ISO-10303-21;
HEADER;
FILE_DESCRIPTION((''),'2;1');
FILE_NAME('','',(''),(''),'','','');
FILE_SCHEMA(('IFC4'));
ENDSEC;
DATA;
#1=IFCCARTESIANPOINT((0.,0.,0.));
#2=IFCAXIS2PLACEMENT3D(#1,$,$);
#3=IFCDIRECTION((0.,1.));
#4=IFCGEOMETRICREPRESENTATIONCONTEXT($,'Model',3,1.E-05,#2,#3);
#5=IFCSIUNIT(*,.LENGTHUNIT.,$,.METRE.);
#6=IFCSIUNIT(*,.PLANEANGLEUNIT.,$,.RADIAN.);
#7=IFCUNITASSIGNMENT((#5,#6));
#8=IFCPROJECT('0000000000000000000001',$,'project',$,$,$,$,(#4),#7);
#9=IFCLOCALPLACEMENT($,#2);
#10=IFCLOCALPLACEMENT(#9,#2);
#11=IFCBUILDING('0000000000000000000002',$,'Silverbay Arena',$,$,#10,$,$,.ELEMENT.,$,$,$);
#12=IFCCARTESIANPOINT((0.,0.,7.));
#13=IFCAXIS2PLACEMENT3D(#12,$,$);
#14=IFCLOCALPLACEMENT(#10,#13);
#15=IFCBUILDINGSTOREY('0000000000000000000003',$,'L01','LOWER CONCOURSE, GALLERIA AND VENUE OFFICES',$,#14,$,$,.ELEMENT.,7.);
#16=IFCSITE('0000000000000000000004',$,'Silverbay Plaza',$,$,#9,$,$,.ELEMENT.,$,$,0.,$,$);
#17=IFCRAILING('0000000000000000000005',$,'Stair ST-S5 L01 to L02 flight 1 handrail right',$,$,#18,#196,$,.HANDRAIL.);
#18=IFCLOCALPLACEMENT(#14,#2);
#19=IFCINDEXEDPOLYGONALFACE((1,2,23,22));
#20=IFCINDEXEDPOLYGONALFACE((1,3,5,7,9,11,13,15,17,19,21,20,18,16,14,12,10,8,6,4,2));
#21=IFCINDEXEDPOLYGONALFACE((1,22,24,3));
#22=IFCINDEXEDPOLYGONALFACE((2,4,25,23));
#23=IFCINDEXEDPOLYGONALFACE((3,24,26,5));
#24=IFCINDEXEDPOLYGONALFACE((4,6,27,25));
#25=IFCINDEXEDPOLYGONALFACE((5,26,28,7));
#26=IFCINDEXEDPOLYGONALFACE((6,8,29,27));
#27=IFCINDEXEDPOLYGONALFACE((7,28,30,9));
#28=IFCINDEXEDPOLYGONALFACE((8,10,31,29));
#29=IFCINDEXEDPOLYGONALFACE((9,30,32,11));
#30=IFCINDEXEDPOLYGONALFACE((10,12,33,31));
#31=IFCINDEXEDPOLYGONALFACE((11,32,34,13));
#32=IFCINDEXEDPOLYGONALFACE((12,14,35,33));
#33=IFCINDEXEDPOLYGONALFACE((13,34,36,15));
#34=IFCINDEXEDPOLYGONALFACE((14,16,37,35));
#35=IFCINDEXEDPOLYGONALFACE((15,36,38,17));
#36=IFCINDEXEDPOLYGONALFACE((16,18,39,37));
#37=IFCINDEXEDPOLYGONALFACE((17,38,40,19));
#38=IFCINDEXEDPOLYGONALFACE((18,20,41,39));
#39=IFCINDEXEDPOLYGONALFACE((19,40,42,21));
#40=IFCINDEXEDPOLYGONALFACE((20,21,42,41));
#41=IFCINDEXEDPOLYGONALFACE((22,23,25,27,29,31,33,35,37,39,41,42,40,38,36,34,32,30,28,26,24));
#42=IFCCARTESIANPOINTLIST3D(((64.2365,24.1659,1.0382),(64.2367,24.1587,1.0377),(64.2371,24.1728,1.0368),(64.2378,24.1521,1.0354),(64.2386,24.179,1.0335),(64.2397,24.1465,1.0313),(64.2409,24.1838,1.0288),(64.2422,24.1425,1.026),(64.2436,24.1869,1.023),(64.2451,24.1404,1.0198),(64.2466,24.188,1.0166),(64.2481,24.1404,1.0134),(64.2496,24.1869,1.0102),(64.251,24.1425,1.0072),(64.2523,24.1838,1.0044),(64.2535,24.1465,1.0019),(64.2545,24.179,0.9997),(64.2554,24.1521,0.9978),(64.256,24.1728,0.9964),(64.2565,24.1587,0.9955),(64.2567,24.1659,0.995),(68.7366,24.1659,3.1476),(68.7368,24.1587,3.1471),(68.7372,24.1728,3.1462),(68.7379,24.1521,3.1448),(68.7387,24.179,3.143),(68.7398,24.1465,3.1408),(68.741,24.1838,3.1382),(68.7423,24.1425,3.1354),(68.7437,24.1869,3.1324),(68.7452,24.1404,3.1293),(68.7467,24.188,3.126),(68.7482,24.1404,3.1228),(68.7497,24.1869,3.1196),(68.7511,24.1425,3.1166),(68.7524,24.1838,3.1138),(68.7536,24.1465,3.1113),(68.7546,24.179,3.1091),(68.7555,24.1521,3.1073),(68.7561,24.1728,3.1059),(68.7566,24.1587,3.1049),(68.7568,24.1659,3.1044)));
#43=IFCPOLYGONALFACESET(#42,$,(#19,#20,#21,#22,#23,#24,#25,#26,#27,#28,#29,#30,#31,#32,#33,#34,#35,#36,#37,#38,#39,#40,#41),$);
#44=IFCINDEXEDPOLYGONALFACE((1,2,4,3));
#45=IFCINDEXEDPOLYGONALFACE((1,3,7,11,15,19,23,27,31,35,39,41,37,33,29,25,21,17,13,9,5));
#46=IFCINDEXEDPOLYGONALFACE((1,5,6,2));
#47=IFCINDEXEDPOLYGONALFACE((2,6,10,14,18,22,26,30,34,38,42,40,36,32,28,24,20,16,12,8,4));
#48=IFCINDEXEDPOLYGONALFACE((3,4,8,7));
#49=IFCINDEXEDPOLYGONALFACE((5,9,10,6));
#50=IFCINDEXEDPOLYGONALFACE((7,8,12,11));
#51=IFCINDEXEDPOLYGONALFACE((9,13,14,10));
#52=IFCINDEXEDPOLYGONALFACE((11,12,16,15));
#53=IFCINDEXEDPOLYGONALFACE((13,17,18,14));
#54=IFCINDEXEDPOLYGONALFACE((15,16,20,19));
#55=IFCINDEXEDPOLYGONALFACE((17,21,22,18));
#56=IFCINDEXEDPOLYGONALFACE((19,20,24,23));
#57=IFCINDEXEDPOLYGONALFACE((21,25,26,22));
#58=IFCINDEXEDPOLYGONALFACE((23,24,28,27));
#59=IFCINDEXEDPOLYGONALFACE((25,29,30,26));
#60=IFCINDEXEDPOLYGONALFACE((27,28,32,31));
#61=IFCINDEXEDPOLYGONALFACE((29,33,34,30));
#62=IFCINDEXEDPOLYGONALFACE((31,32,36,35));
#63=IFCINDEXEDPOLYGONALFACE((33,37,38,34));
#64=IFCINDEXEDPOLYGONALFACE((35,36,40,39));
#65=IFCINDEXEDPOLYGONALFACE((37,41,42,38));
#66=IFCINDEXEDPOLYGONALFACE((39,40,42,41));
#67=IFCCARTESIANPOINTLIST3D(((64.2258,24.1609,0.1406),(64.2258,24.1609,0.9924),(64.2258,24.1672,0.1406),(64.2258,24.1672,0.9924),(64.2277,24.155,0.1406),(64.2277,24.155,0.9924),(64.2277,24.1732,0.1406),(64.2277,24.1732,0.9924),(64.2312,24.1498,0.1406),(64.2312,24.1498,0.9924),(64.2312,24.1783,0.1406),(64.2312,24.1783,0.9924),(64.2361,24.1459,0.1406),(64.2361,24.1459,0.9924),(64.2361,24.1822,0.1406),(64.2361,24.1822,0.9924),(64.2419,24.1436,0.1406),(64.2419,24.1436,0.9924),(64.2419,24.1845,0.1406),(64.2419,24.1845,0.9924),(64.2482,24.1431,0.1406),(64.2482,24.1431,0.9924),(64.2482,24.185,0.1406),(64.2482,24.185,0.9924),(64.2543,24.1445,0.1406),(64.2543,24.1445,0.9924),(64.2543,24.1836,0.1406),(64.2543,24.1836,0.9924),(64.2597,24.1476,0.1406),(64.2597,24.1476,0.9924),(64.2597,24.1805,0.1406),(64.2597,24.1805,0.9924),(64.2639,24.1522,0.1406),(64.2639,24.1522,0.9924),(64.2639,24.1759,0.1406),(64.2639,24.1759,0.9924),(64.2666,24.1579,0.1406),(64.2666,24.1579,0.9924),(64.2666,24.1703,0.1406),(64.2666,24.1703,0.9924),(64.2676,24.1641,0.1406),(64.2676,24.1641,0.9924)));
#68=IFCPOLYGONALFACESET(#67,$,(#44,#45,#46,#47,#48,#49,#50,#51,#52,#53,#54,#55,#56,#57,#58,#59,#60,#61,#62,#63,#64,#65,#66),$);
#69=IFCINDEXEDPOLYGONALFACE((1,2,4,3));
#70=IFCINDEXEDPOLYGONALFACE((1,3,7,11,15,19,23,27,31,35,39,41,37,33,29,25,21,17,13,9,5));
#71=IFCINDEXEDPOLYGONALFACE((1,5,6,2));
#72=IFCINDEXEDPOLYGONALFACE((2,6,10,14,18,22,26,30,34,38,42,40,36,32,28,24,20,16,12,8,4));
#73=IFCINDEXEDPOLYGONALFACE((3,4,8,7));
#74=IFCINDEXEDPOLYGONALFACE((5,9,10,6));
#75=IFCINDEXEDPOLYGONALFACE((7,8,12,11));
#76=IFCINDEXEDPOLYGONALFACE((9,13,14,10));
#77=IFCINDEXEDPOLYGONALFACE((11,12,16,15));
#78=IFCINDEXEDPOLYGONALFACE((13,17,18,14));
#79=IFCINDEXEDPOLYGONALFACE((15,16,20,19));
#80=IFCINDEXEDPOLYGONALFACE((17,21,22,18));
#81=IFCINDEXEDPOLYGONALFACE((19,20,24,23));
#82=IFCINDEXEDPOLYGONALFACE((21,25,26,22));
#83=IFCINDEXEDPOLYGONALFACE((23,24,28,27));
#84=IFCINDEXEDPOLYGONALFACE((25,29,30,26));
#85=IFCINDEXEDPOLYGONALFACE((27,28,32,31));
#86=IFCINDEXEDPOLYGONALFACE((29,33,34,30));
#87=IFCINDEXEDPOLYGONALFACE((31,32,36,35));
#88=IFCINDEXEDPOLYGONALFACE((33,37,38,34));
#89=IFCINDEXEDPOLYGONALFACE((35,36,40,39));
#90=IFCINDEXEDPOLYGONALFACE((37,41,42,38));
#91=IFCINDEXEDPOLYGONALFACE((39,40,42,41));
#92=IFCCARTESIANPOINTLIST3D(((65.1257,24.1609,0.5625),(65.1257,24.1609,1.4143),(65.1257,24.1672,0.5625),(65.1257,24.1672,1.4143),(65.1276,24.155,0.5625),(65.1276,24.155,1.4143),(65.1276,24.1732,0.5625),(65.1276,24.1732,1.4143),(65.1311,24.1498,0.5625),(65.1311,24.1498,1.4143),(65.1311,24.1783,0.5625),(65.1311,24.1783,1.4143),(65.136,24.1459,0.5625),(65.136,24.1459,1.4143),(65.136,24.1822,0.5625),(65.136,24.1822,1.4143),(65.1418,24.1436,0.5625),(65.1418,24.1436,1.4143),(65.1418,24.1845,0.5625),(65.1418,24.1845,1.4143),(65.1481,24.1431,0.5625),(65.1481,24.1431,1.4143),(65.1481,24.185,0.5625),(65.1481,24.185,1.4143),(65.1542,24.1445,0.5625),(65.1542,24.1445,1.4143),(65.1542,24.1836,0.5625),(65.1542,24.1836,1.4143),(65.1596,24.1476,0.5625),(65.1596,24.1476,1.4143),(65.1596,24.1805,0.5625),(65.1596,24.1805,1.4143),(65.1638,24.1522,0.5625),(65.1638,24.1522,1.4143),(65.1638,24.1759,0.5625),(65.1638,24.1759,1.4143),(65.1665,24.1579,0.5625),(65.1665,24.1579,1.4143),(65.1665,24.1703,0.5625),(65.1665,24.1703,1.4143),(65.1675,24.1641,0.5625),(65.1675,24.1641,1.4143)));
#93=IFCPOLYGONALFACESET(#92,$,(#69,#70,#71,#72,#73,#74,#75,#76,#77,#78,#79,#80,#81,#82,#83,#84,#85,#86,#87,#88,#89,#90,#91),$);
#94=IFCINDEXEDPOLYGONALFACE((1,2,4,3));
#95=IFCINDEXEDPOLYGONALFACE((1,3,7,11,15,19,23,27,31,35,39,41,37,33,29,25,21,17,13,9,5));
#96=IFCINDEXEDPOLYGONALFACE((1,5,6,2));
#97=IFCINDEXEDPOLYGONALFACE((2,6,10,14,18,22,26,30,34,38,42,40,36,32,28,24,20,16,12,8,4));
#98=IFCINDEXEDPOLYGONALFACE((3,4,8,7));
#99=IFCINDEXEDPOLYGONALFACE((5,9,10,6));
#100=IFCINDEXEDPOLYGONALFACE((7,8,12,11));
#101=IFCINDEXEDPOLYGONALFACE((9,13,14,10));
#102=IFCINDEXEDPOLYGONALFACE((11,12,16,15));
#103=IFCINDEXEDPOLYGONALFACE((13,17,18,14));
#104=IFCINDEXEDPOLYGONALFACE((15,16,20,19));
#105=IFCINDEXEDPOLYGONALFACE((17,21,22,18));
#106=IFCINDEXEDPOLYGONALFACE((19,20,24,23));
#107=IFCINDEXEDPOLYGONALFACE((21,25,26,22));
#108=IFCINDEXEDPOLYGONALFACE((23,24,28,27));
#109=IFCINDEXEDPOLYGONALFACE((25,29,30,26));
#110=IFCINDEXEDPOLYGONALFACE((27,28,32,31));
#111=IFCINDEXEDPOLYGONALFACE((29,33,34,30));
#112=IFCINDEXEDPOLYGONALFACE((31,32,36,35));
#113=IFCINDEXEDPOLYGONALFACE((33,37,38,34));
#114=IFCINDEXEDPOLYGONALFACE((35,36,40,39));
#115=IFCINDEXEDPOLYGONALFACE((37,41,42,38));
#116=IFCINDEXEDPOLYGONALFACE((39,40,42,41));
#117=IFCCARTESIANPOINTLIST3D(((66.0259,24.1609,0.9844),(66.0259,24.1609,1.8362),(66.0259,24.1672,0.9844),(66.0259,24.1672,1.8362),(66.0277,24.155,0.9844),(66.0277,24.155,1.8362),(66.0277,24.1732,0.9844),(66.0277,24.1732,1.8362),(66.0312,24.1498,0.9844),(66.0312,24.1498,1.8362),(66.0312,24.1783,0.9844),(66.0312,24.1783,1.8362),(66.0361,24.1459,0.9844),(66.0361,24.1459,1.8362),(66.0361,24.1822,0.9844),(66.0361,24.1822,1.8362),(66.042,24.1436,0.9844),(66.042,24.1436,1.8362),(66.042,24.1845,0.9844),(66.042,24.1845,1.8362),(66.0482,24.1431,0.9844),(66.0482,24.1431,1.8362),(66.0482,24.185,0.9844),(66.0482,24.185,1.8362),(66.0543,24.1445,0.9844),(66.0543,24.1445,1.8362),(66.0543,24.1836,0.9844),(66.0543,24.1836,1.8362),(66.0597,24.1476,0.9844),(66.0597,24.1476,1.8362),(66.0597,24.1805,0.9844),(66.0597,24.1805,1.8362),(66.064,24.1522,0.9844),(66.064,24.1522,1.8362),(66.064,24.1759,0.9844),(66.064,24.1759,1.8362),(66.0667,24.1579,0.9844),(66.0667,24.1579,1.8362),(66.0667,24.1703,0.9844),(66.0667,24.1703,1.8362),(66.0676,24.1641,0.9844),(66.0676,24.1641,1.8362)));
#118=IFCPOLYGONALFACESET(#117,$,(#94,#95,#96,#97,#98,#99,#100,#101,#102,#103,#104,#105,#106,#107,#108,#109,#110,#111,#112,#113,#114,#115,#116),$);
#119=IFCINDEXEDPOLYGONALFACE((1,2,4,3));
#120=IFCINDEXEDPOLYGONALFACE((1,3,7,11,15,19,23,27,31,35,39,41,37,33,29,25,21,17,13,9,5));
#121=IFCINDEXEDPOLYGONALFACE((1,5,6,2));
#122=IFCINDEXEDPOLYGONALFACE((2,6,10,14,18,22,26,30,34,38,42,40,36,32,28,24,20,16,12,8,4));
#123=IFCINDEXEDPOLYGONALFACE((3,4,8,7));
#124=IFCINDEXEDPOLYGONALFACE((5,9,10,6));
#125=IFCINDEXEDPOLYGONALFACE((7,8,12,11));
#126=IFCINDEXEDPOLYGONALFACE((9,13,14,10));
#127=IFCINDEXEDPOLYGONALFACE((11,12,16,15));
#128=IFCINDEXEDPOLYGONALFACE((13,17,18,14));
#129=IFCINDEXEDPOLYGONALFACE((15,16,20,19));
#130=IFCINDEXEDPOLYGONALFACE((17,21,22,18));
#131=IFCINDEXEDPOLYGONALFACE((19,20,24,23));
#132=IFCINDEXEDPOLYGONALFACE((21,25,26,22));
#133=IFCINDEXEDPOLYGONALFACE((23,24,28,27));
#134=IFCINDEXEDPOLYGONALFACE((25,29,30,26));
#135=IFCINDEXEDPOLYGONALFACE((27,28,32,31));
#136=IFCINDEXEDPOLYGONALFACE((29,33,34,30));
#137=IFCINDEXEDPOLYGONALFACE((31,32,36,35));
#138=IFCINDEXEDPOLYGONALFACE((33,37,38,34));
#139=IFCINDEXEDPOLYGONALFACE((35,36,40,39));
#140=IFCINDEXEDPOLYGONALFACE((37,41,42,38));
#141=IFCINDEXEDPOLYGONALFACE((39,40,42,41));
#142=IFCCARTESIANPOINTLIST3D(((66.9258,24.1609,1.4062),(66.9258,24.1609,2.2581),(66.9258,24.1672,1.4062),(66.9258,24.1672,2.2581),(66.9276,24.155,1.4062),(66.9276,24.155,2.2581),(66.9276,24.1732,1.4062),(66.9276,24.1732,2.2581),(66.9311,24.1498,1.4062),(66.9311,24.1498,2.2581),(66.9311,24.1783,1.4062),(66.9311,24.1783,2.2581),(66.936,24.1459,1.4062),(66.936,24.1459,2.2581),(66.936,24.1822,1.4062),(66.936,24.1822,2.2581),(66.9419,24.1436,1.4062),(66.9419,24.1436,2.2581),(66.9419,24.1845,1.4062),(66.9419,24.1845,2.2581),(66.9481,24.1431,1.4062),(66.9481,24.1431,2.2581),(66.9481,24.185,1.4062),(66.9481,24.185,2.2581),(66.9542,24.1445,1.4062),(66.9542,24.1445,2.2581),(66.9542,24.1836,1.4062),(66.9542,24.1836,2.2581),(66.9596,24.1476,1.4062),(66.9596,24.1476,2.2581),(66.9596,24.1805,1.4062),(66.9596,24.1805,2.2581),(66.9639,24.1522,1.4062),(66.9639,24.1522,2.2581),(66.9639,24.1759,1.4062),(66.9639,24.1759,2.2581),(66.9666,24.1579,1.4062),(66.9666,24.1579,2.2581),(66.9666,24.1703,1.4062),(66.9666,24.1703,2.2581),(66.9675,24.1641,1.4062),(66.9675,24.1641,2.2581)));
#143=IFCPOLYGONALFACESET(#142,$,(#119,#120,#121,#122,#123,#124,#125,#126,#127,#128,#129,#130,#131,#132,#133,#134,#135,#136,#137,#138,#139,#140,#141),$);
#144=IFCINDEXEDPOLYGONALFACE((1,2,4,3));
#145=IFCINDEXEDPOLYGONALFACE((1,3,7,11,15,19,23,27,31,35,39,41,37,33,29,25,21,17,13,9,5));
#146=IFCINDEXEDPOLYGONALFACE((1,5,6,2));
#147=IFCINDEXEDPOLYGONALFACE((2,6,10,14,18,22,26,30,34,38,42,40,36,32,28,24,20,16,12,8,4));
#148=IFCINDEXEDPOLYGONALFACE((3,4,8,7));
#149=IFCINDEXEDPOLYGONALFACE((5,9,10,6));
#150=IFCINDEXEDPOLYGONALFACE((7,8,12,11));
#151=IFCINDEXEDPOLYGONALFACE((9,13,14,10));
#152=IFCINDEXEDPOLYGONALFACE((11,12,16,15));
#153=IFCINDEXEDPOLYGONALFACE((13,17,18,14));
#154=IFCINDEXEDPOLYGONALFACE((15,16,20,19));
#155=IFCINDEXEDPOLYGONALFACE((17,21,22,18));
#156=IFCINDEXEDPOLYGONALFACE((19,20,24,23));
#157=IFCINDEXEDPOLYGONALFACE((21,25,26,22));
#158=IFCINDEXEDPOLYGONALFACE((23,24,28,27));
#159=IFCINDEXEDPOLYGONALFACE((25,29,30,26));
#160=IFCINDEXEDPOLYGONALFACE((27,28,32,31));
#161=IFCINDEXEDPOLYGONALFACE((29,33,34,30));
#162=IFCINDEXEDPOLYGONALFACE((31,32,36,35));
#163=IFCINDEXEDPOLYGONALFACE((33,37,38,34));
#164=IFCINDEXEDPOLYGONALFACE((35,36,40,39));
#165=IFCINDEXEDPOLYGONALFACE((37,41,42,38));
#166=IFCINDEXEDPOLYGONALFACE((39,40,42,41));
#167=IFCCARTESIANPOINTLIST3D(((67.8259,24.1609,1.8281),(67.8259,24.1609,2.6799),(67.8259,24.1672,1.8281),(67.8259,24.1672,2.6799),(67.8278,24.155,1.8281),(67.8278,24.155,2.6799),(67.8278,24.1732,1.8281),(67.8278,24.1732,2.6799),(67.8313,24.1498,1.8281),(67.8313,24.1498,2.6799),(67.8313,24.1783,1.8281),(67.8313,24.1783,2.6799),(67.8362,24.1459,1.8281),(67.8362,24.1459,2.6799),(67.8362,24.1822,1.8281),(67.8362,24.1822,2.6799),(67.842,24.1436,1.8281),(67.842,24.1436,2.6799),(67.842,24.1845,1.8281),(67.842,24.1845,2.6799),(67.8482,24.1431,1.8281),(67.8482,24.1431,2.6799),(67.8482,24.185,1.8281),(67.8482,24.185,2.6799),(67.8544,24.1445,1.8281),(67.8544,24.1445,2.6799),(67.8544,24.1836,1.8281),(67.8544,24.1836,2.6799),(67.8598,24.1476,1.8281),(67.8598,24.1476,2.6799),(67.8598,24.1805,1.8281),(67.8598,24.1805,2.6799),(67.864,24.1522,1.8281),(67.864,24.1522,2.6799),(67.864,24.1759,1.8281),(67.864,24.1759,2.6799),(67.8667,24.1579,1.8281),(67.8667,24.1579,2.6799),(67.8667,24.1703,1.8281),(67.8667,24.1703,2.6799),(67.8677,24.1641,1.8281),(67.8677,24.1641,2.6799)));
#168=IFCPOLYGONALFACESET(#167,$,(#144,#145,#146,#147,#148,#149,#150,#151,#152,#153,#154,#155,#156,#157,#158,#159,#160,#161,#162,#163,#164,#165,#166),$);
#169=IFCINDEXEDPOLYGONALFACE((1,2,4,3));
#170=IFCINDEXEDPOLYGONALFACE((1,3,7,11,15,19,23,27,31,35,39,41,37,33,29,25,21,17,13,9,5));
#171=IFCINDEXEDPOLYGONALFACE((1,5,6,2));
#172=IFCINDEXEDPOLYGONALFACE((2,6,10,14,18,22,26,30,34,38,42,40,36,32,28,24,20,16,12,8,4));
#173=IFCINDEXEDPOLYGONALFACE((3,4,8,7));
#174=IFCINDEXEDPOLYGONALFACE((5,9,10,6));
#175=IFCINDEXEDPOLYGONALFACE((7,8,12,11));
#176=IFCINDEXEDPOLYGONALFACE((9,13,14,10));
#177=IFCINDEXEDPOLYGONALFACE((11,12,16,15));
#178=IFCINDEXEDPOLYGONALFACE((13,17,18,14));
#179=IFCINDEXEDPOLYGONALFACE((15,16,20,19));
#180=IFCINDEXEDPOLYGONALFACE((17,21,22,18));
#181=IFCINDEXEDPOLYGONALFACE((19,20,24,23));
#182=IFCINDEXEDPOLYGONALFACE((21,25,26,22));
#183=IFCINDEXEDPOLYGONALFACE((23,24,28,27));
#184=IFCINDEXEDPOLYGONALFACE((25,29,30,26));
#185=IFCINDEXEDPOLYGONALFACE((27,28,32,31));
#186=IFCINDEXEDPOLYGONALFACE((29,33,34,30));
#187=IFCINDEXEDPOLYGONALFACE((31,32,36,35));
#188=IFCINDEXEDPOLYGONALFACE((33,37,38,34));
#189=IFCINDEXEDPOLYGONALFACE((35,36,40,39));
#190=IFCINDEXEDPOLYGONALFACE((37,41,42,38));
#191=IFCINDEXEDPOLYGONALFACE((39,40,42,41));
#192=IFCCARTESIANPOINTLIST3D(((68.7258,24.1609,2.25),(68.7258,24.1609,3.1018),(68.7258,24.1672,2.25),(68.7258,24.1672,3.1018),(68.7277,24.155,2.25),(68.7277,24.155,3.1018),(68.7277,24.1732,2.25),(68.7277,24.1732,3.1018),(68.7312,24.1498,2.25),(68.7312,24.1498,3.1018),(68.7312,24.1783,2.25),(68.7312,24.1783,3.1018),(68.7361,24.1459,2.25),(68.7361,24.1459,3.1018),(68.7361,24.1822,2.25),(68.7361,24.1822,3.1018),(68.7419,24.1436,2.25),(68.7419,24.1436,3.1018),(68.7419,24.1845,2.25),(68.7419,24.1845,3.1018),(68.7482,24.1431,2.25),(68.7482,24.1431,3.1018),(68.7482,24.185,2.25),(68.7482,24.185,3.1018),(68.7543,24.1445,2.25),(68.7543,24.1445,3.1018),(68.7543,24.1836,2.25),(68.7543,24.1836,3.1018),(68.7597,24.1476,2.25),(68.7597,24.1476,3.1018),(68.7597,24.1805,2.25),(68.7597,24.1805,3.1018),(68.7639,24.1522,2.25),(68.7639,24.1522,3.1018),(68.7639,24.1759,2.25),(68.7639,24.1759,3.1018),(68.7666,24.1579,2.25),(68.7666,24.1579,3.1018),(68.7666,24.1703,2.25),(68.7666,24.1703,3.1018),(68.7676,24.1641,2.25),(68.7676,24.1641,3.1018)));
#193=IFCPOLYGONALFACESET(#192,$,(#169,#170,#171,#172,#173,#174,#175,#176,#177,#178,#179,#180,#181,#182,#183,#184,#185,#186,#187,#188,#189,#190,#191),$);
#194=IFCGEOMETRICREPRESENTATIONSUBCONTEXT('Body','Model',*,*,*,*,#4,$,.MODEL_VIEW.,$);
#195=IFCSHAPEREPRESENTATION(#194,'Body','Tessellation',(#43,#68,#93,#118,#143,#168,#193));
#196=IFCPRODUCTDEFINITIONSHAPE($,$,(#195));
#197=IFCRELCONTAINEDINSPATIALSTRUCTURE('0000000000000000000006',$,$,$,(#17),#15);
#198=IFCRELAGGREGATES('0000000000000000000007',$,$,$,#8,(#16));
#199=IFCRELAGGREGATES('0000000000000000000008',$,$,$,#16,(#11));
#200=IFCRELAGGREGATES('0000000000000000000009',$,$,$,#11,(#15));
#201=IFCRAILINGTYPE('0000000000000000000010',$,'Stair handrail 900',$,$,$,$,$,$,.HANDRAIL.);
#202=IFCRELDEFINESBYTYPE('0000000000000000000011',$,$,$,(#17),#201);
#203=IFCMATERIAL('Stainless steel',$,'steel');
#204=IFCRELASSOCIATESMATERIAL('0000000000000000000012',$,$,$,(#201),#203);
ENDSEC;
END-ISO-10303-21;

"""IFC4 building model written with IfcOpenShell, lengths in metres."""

from ifc_helpers import new_model, si_unit, direction, frame, origin, origin_2d, place, context, subcontext, project, spatial, circle, extrude, material, type_object, element, save


model = new_model("IFC4")

# Units and contexts
model_context = context("Model", 3, precision=1e-05, world=origin(), true_north=direction((0.0, 1.0)))
body_context = subcontext(model_context, "Body", "Model", "MODEL_VIEW")
ifc_project = project(units=[si_unit("LENGTHUNIT", "METRE"), si_unit("PLANEANGLEUNIT", "RADIAN")], contexts=[model_context])

# Site, building, storey
site_placement = place(None, origin())
site = spatial("IfcSite", under=ifc_project, at=site_placement, Name="Silverbay Plaza", CompositionType="ELEMENT", RefElevation=0.0)
building_placement = place(site_placement, origin())
building = spatial("IfcBuilding", under=site, at=building_placement, Name="Silverbay Arena", CompositionType="ELEMENT")
storey_placement = place(building_placement, frame((0.0, 0.0, 7.0)))
storey = spatial("IfcBuildingStorey", under=building, at=storey_placement, Name="L01", Description="LOWER CONCOURSE, GALLERIA AND VENUE OFFICES", CompositionType="ELEMENT", Elevation=7.0)

# Railing
ifc_material_1 = material(Name="Stainless steel", Category="steel")
railing_type_1 = type_object("IfcRailingType", Name="Stair handrail 900", PredefinedType="HANDRAIL", material=ifc_material_1)
for number, where, name in (
    (1, (64.2466, 24.1641, 0.1406), "Stair ST-S5 L01 to L02 flight 1 handrail right"),
):
    element("IfcRailing", number, at=place(storey_placement, frame(where)), inside=storey, type_object=railing_type_1, Name=name, PredefinedType="HANDRAIL", context=body_context, shape_type="SweptSolid", body=[
        extrude(circle(Radius=0.0239, at=origin_2d()), frame((0.0, 0.0, 0.876), z_axis=(0.905459, 0.0, 0.424434), x_axis=(0.0, 1.0, 0.0)), (0.0, 0.0, 1.0), 4.97),
        extrude(circle(Radius=0.021, at=origin_2d()), origin(), (0.0, 0.0, 1.0), 0.8518),
        extrude(circle(Radius=0.021, at=origin_2d()), frame((0.8999, 0.0, 0.4219)), (0.0, 0.0, 1.0), 0.8518),
        extrude(circle(Radius=0.021, at=origin_2d()), frame((1.8, 0.0, 0.8438)), (0.0, 0.0, 1.0), 0.8518),
        extrude(circle(Radius=0.021, at=origin_2d()), frame((2.7, 0.0, 1.2656)), (0.0, 0.0, 1.0), 0.8518),
        extrude(circle(Radius=0.021, at=origin_2d()), frame((3.6001, 0.0, 1.6875)), (0.0, 0.0, 1.0), 0.8518),
        extrude(circle(Radius=0.021, at=origin_2d()), frame((4.5, 0.0, 2.1094)), (0.0, 0.0, 1.0), 0.8518),
    ])

save(model, "model.ifc")
